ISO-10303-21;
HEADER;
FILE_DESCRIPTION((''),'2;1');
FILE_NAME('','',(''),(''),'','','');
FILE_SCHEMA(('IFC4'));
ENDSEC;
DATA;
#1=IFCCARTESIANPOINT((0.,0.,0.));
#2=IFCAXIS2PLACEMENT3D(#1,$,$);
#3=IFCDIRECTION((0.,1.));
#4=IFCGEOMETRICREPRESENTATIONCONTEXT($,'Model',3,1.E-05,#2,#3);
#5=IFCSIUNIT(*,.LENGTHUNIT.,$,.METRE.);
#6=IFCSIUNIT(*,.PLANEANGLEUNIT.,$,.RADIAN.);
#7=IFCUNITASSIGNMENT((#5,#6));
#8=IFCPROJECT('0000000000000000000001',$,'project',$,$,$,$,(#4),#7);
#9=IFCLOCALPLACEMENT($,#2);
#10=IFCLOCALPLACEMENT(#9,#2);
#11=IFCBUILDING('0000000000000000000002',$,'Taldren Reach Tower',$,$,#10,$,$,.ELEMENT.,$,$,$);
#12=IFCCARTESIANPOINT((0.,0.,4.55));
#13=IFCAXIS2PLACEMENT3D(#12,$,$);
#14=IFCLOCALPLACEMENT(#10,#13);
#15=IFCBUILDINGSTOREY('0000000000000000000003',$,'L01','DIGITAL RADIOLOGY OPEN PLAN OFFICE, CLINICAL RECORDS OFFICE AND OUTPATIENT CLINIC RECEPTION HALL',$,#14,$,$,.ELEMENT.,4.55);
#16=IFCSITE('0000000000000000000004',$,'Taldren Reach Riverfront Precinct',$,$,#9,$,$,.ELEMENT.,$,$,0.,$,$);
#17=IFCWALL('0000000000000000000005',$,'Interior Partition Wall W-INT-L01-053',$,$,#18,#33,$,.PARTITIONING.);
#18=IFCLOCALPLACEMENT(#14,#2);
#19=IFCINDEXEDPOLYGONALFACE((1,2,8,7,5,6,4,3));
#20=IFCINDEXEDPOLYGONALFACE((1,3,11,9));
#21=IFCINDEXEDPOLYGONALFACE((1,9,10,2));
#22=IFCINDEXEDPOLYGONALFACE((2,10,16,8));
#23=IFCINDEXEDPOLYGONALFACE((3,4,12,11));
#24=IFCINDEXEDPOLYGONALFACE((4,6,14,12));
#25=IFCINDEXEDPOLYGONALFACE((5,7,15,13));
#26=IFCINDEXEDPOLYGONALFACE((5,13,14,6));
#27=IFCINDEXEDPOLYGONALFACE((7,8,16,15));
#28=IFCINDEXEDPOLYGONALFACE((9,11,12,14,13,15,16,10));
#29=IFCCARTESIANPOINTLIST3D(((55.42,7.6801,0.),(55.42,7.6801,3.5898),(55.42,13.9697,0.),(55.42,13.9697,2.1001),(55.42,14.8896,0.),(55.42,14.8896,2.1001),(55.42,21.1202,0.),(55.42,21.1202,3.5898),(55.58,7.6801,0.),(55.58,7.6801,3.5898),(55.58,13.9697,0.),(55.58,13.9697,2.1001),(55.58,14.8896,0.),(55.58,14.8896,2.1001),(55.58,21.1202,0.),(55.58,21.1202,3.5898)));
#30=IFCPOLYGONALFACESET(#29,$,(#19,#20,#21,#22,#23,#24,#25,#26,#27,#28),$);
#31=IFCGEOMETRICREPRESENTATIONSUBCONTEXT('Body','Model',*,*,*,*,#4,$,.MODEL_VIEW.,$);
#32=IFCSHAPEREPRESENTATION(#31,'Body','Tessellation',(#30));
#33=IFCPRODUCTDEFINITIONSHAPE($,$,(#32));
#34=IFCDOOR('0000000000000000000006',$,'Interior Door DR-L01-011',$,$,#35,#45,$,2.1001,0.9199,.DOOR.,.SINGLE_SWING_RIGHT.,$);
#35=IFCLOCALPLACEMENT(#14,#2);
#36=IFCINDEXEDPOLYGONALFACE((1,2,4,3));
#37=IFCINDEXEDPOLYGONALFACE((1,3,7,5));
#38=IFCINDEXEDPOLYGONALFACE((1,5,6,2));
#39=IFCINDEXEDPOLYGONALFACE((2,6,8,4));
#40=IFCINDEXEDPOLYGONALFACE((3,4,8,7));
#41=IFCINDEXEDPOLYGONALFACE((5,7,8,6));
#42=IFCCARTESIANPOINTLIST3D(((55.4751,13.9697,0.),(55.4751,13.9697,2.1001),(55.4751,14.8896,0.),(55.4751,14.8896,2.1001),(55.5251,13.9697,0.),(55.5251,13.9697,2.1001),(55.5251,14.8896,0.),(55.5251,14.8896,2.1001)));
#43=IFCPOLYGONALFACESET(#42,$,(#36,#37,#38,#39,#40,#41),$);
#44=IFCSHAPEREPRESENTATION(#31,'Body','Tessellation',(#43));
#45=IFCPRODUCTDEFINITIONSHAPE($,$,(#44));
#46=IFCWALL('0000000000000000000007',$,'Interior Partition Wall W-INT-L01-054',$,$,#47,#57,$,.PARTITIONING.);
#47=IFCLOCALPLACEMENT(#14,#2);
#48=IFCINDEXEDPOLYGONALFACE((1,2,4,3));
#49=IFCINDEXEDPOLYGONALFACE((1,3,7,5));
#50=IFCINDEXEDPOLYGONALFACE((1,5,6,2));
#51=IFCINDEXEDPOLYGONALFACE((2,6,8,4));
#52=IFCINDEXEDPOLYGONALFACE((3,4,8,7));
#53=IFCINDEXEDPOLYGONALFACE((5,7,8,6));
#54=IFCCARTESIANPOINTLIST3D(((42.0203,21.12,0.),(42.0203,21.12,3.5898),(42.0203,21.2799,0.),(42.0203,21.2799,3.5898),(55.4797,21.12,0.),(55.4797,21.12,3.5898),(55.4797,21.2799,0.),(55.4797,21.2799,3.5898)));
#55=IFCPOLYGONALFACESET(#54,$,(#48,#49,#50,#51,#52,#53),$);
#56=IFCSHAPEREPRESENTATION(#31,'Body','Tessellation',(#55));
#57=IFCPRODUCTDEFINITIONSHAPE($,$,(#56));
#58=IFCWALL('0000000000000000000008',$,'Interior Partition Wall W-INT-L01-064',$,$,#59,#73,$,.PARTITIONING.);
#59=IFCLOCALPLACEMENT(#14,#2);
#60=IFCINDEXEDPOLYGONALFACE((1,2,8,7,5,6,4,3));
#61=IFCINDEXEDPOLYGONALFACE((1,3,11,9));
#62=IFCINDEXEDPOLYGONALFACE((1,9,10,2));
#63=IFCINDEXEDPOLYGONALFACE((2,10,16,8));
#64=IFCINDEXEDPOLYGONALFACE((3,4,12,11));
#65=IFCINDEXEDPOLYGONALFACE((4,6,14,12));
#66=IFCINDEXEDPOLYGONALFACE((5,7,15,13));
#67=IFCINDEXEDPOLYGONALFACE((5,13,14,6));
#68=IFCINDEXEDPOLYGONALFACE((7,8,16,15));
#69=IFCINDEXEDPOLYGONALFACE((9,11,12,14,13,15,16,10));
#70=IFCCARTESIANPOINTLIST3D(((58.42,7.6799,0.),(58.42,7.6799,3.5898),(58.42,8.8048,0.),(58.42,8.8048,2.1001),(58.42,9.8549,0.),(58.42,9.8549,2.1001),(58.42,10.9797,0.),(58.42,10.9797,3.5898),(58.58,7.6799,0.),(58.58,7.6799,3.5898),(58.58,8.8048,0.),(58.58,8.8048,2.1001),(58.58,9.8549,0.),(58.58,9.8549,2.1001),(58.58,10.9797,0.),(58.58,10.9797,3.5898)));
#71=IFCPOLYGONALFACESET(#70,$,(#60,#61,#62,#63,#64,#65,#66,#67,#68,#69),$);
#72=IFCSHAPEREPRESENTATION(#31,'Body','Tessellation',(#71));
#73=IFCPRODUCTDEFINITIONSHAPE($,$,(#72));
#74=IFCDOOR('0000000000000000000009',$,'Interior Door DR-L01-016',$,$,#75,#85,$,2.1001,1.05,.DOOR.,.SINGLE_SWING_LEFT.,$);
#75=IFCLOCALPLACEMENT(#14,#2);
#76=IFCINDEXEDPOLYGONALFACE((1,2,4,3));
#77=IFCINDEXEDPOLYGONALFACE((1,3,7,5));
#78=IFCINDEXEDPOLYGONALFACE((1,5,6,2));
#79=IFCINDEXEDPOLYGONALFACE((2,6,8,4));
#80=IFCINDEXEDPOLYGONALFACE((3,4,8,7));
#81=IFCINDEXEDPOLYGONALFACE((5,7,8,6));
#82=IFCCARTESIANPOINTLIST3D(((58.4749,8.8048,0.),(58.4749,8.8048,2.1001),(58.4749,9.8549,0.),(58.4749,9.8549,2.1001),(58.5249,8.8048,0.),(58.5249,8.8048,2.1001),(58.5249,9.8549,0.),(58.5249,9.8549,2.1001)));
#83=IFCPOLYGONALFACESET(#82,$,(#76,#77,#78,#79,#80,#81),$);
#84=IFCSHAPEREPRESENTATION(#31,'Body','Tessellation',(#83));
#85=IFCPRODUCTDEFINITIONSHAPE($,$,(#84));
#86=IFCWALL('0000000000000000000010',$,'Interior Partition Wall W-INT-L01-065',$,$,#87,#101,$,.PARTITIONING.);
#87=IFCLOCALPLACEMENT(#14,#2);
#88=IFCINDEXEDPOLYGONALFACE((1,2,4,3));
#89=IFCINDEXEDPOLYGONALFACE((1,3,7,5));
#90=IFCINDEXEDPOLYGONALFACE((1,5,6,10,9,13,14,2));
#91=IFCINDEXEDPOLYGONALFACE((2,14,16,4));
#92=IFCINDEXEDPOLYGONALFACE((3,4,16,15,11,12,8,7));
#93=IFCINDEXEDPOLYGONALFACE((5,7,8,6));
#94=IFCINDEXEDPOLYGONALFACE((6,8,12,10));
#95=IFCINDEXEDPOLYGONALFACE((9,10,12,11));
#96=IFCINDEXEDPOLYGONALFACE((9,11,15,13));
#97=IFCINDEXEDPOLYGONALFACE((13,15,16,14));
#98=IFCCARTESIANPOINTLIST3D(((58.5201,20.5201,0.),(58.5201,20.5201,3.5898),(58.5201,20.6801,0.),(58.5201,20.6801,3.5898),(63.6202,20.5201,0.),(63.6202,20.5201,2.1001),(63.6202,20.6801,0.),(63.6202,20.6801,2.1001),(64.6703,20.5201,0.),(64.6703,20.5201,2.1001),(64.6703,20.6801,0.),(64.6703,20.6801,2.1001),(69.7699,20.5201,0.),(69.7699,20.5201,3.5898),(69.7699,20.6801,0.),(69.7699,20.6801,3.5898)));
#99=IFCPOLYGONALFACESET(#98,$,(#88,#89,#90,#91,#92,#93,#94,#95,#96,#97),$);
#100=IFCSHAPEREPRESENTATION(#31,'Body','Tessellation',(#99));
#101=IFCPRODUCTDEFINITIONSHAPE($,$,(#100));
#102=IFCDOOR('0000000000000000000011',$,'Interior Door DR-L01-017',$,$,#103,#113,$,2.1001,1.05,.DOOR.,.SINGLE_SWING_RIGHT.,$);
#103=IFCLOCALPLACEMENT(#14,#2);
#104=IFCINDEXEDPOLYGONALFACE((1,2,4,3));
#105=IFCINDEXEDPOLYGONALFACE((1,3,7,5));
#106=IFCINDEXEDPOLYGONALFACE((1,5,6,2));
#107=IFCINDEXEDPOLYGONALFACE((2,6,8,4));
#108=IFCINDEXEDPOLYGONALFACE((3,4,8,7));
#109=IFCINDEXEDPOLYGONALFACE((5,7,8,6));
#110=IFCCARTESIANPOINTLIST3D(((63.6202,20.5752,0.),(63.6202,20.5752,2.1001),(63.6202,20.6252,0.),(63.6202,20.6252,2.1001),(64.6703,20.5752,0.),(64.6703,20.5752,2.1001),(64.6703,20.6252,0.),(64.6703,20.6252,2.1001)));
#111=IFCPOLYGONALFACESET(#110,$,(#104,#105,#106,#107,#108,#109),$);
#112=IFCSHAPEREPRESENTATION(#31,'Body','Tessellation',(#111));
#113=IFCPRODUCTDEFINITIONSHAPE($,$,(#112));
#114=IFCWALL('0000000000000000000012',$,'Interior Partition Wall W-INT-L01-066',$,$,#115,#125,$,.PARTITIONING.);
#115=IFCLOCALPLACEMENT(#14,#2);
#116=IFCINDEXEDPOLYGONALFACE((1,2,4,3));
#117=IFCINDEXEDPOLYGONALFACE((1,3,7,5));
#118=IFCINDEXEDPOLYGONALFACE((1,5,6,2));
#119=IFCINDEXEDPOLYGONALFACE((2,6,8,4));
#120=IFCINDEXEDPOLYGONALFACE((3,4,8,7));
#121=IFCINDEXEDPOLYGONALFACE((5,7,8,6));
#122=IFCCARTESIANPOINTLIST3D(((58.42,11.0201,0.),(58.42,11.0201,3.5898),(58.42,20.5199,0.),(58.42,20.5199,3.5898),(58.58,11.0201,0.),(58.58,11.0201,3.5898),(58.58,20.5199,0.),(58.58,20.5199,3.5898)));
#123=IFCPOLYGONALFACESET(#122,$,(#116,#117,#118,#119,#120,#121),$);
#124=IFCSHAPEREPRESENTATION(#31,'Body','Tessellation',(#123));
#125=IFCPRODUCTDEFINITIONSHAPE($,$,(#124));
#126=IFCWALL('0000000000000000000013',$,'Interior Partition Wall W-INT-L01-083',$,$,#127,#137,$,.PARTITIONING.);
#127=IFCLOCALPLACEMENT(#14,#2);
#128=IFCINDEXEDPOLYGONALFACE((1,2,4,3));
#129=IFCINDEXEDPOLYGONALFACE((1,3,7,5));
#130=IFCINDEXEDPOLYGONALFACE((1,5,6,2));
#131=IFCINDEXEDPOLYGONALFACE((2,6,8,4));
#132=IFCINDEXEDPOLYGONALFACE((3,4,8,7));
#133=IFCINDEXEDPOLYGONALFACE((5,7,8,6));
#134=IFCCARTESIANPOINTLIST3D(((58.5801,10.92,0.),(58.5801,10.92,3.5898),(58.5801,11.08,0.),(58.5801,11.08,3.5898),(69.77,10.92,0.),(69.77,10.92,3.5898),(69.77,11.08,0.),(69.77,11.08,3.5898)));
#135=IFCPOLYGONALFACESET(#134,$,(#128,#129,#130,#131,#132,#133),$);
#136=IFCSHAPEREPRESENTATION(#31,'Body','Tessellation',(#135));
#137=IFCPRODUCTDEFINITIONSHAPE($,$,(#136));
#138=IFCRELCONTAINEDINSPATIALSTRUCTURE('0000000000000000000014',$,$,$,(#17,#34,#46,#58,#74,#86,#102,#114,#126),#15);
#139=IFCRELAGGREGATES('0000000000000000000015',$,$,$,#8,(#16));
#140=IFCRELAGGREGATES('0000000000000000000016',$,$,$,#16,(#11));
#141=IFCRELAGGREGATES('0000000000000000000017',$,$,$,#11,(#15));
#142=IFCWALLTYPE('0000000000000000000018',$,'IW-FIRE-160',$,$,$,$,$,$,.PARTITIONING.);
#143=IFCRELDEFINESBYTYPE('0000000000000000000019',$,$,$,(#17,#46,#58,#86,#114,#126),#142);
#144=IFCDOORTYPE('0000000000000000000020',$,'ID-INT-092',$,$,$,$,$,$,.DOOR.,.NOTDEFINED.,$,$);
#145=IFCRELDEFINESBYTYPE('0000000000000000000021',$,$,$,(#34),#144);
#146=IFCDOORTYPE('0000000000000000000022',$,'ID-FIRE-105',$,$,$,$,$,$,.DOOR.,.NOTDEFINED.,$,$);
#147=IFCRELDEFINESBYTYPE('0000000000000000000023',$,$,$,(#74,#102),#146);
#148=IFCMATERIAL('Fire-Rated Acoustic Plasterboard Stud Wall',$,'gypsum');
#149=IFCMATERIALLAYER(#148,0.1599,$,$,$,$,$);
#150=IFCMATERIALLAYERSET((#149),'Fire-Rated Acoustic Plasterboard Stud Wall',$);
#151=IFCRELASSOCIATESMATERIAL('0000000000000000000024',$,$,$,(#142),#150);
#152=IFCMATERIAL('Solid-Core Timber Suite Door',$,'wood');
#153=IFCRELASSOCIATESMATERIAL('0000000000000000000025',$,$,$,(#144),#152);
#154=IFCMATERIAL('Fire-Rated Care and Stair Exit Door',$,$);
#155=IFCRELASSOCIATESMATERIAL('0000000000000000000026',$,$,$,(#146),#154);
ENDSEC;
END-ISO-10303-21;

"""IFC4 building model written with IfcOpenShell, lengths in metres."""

from ifc_helpers import new_model, si_unit, direction, frame, frame_2d, origin, place, context, subcontext, project, spatial, rectangle, extrude, source, transform, mapped, material, layer, layer_set, type_object, element, fill, save


model = new_model("IFC4")

# Units and contexts
model_context = context("Model", 3, precision=1e-05, world=origin(), true_north=direction((0.0, 1.0)))
body_context = subcontext(model_context, "Body", "Model", "MODEL_VIEW")
ifc_project = project(units=[si_unit("LENGTHUNIT", "METRE"), si_unit("PLANEANGLEUNIT", "RADIAN")], contexts=[model_context])

# Site, building, storey
site_placement = place(None, origin())
site = spatial("IfcSite", under=ifc_project, at=site_placement, Name="Taldren Reach Riverfront Precinct", CompositionType="ELEMENT", RefElevation=0.0)
building_placement = place(site_placement, origin())
building = spatial("IfcBuilding", under=site, at=building_placement, Name="Taldren Reach Tower", CompositionType="ELEMENT")
storey_placement = place(building_placement, frame((0.0, 0.0, 4.55)))
storey = spatial("IfcBuildingStorey", under=building, at=storey_placement, Name="L01", Description="DIGITAL RADIOLOGY OPEN PLAN OFFICE, CLINICAL RECORDS OFFICE AND OUTPATIENT CLINIC RECEPTION HALL", CompositionType="ELEMENT", Elevation=4.55)

# Wall, opening, door
ifc_material_1 = material(Name="Fire-Rated Acoustic Plasterboard Stud Wall", Category="gypsum")
ifc_layer = layer(ifc_material_1, 0.1599)
ifc_layer_set = layer_set([ifc_layer], Name="Fire-Rated Acoustic Plasterboard Stud Wall")
wall_type = type_object("IfcWallType", Name="IW-FIRE-160", PredefinedType="PARTITIONING", material=ifc_layer_set)
shared_shape_1 = source(origin(), body_context, "Body", "SweptSolid", [
    extrude(rectangle(XDim=13.4402, YDim=0.1599, at=frame_2d((6.7202, 0.0))), origin(), (0.0, 0.0, 1.0), 3.5898),
])
wall_1_placement = place(storey_placement, frame((55.5, 7.6799, 0.0), z_axis=(0.0, 0.0, 1.0), x_axis=(0.0, 1.0, 0.0)))
wall_1 = element("IfcWall", 1, at=wall_1_placement, inside=storey, type_object=wall_type, Name="Interior Partition Wall W-INT-L01-053", PredefinedType="PARTITIONING", context=body_context, shape_type="MappedRepresentation", body=[
    mapped(shared_shape_1, transform((0.0, 0.0, 0.0), scale=1.0)),
])
shared_shape_2 = source(origin(), body_context, "Body", "SweptSolid", [
    extrude(rectangle(XDim=0.9199, YDim=2.1001, at=frame_2d((0.46, 1.05))), frame((0.0, 0.0898, 0.0), z_axis=(0.0, -1.0, 0.0), x_axis=(1.0, 0.0, 0.0)), (0.0, 0.0, 1.0), 0.1799),
])
opening_1_placement = place(wall_1_placement, frame((6.2898, 0.0, 0.0)))
opening_1 = element("IfcOpeningElement", 2, at=opening_1_placement, cuts=wall_1, PredefinedType="OPENING", context=body_context, shape_type="MappedRepresentation", body=[
    mapped(shared_shape_2, transform((0.0, 0.0, 0.0), scale=1.0)),
])
ifc_material_2 = material(Name="Solid-Core Timber Suite Door", Category="wood")
door_type_1 = type_object("IfcDoorType", Name="ID-INT-092", OperationType="NOTDEFINED", PredefinedType="DOOR", material=ifc_material_2)
shared_shape_3 = source(origin(), body_context, "Body", "SweptSolid", [
    extrude(rectangle(XDim=0.9199, YDim=2.1001, at=frame_2d((0.46, 1.05))), frame((0.0, 0.0249, 0.0), z_axis=(0.0, -1.0, 0.0), x_axis=(1.0, 0.0, 0.0)), (0.0, 0.0, 1.0), 0.05),
])
door_1_placement = place(opening_1_placement, origin())
door_1 = element("IfcDoor", 3, at=door_1_placement, inside=storey, type_object=door_type_1, Name="Interior Door DR-L01-011", OperationType="SINGLE_SWING_RIGHT", OverallHeight=2.1001, OverallWidth=0.9199, PredefinedType="DOOR", context=body_context, shape_type="MappedRepresentation", body=[
    mapped(shared_shape_3, transform((0.0, 0.0, 0.0), scale=1.0)),
])
fill(opening_1, door_1)

# Wall
shared_shape_4 = source(origin(), body_context, "Body", "SweptSolid", [
    extrude(rectangle(XDim=13.4595, YDim=0.1599, at=frame_2d((6.7297, 0.0))), origin(), (0.0, 0.0, 1.0), 3.5898),
])
wall_2_placement = place(storey_placement, frame((55.4797, 21.2, 0.0), z_axis=(0.0, 0.0, 1.0), x_axis=(-1.0, 0.0, 0.0)))
element("IfcWall", 4, at=wall_2_placement, inside=storey, type_object=wall_type, Name="Interior Partition Wall W-INT-L01-054", PredefinedType="PARTITIONING", context=body_context, shape_type="MappedRepresentation", body=[
    mapped(shared_shape_4, transform((0.0, 0.0, 0.0), scale=1.0)),
])

# Walls, openings, doors
shared_shape_5 = source(origin(), body_context, "Body", "SweptSolid", [
    extrude(rectangle(XDim=3.2998, YDim=0.1599, at=frame_2d((1.6499, 0.0))), origin(), (0.0, 0.0, 1.0), 3.5898),
])
wall_3_placement = place(storey_placement, frame((58.5, 10.9797, 0.0), z_axis=(0.0, 0.0, 1.0), x_axis=(0.0, -1.0, 0.0)))
wall_3 = element("IfcWall", 5, at=wall_3_placement, inside=storey, type_object=wall_type, Name="Interior Partition Wall W-INT-L01-064", PredefinedType="PARTITIONING", context=body_context, shape_type="MappedRepresentation", body=[
    mapped(shared_shape_5, transform((0.0, 0.0, 0.0), scale=1.0)),
])
shared_shape_6 = source(origin(), body_context, "Body", "SweptSolid", [
    extrude(rectangle(XDim=1.05, YDim=2.1001, at=frame_2d((0.5249, 1.05))), frame((0.0, 0.0898, 0.0), z_axis=(0.0, -1.0, 0.0), x_axis=(1.0, 0.0, 0.0)), (0.0, 0.0, 1.0), 0.1799),
])
opening_2_placement = place(wall_3_placement, frame((1.125, 0.0, 0.0)))
opening_2 = element("IfcOpeningElement", 6, at=opening_2_placement, cuts=wall_3, PredefinedType="OPENING", context=body_context, shape_type="MappedRepresentation", body=[
    mapped(shared_shape_6, transform((0.0, 0.0, 0.0), scale=1.0)),
])
ifc_material_3 = material(Name="Fire-Rated Care and Stair Exit Door")
door_type_2 = type_object("IfcDoorType", Name="ID-FIRE-105", OperationType="NOTDEFINED", PredefinedType="DOOR", material=ifc_material_3)
shared_shape_7 = source(origin(), body_context, "Body", "SweptSolid", [
    extrude(rectangle(XDim=1.05, YDim=2.1001, at=frame_2d((0.5249, 1.05))), frame((0.0, 0.0249, 0.0), z_axis=(0.0, -1.0, 0.0), x_axis=(1.0, 0.0, 0.0)), (0.0, 0.0, 1.0), 0.05),
])
door_2_placement = place(opening_2_placement, origin())
door_2 = element("IfcDoor", 7, at=door_2_placement, inside=storey, type_object=door_type_2, Name="Interior Door DR-L01-016", OperationType="SINGLE_SWING_LEFT", OverallHeight=2.1001, OverallWidth=1.05, PredefinedType="DOOR", context=body_context, shape_type="MappedRepresentation", body=[
    mapped(shared_shape_7, transform((0.0, 0.0, 0.0), scale=1.0)),
])
fill(opening_2, door_2)
shared_shape_8 = source(origin(), body_context, "Body", "SweptSolid", [
    extrude(rectangle(XDim=11.2498, YDim=0.1599, at=frame_2d((5.625, 0.0))), origin(), (0.0, 0.0, 1.0), 3.5898),
])
wall_4_placement = place(storey_placement, frame((69.77, 20.6001, 0.0), z_axis=(0.0, 0.0, 1.0), x_axis=(-1.0, 0.0, 0.0)))
wall_4 = element("IfcWall", 8, at=wall_4_placement, inside=storey, type_object=wall_type, Name="Interior Partition Wall W-INT-L01-065", PredefinedType="PARTITIONING", context=body_context, shape_type="MappedRepresentation", body=[
    mapped(shared_shape_8, transform((0.0, 0.0, 0.0), scale=1.0)),
])
opening_3_placement = place(wall_4_placement, frame((5.0999, 0.0, 0.0)))
opening_3 = element("IfcOpeningElement", 9, at=opening_3_placement, cuts=wall_4, PredefinedType="OPENING", context=body_context, shape_type="MappedRepresentation", body=[
    mapped(shared_shape_6, transform((0.0, 0.0, 0.0), scale=1.0)),
])
door_3_placement = place(opening_3_placement, origin())
door_3 = element("IfcDoor", 10, at=door_3_placement, inside=storey, type_object=door_type_2, Name="Interior Door DR-L01-017", OperationType="SINGLE_SWING_RIGHT", OverallHeight=2.1001, OverallWidth=1.05, PredefinedType="DOOR", context=body_context, shape_type="MappedRepresentation", body=[
    mapped(shared_shape_7, transform((0.0, 0.0, 0.0), scale=1.0)),
])
fill(opening_3, door_3)

# Walls
shared_shape_9 = source(origin(), body_context, "Body", "SweptSolid", [
    extrude(rectangle(XDim=9.4998, YDim=0.1599, at=frame_2d((4.75, 0.0))), origin(), (0.0, 0.0, 1.0), 3.5898),
])
wall_5_placement = place(storey_placement, frame((58.5, 20.52, 0.0), z_axis=(0.0, 0.0, 1.0), x_axis=(0.0, -1.0, 0.0)))
element("IfcWall", 11, at=wall_5_placement, inside=storey, type_object=wall_type, Name="Interior Partition Wall W-INT-L01-066", PredefinedType="PARTITIONING", context=body_context, shape_type="MappedRepresentation", body=[
    mapped(shared_shape_9, transform((0.0, 0.0, 0.0), scale=1.0)),
])
shared_shape_10 = source(origin(), body_context, "Body", "SweptSolid", [
    extrude(rectangle(XDim=11.1899, YDim=0.1599, at=frame_2d((5.595, 0.0))), origin(), (0.0, 0.0, 1.0), 3.5898),
])
wall_6_placement = place(storey_placement, frame((58.5801, 11.0, 0.0), z_axis=(0.0, 0.0, 1.0), x_axis=(1.0, 0.0, 0.0)))
element("IfcWall", 12, at=wall_6_placement, inside=storey, type_object=wall_type, Name="Interior Partition Wall W-INT-L01-083", PredefinedType="PARTITIONING", context=body_context, shape_type="MappedRepresentation", body=[
    mapped(shared_shape_10, transform((0.0, 0.0, 0.0), scale=1.0)),
])

save(model, "model.ifc")
